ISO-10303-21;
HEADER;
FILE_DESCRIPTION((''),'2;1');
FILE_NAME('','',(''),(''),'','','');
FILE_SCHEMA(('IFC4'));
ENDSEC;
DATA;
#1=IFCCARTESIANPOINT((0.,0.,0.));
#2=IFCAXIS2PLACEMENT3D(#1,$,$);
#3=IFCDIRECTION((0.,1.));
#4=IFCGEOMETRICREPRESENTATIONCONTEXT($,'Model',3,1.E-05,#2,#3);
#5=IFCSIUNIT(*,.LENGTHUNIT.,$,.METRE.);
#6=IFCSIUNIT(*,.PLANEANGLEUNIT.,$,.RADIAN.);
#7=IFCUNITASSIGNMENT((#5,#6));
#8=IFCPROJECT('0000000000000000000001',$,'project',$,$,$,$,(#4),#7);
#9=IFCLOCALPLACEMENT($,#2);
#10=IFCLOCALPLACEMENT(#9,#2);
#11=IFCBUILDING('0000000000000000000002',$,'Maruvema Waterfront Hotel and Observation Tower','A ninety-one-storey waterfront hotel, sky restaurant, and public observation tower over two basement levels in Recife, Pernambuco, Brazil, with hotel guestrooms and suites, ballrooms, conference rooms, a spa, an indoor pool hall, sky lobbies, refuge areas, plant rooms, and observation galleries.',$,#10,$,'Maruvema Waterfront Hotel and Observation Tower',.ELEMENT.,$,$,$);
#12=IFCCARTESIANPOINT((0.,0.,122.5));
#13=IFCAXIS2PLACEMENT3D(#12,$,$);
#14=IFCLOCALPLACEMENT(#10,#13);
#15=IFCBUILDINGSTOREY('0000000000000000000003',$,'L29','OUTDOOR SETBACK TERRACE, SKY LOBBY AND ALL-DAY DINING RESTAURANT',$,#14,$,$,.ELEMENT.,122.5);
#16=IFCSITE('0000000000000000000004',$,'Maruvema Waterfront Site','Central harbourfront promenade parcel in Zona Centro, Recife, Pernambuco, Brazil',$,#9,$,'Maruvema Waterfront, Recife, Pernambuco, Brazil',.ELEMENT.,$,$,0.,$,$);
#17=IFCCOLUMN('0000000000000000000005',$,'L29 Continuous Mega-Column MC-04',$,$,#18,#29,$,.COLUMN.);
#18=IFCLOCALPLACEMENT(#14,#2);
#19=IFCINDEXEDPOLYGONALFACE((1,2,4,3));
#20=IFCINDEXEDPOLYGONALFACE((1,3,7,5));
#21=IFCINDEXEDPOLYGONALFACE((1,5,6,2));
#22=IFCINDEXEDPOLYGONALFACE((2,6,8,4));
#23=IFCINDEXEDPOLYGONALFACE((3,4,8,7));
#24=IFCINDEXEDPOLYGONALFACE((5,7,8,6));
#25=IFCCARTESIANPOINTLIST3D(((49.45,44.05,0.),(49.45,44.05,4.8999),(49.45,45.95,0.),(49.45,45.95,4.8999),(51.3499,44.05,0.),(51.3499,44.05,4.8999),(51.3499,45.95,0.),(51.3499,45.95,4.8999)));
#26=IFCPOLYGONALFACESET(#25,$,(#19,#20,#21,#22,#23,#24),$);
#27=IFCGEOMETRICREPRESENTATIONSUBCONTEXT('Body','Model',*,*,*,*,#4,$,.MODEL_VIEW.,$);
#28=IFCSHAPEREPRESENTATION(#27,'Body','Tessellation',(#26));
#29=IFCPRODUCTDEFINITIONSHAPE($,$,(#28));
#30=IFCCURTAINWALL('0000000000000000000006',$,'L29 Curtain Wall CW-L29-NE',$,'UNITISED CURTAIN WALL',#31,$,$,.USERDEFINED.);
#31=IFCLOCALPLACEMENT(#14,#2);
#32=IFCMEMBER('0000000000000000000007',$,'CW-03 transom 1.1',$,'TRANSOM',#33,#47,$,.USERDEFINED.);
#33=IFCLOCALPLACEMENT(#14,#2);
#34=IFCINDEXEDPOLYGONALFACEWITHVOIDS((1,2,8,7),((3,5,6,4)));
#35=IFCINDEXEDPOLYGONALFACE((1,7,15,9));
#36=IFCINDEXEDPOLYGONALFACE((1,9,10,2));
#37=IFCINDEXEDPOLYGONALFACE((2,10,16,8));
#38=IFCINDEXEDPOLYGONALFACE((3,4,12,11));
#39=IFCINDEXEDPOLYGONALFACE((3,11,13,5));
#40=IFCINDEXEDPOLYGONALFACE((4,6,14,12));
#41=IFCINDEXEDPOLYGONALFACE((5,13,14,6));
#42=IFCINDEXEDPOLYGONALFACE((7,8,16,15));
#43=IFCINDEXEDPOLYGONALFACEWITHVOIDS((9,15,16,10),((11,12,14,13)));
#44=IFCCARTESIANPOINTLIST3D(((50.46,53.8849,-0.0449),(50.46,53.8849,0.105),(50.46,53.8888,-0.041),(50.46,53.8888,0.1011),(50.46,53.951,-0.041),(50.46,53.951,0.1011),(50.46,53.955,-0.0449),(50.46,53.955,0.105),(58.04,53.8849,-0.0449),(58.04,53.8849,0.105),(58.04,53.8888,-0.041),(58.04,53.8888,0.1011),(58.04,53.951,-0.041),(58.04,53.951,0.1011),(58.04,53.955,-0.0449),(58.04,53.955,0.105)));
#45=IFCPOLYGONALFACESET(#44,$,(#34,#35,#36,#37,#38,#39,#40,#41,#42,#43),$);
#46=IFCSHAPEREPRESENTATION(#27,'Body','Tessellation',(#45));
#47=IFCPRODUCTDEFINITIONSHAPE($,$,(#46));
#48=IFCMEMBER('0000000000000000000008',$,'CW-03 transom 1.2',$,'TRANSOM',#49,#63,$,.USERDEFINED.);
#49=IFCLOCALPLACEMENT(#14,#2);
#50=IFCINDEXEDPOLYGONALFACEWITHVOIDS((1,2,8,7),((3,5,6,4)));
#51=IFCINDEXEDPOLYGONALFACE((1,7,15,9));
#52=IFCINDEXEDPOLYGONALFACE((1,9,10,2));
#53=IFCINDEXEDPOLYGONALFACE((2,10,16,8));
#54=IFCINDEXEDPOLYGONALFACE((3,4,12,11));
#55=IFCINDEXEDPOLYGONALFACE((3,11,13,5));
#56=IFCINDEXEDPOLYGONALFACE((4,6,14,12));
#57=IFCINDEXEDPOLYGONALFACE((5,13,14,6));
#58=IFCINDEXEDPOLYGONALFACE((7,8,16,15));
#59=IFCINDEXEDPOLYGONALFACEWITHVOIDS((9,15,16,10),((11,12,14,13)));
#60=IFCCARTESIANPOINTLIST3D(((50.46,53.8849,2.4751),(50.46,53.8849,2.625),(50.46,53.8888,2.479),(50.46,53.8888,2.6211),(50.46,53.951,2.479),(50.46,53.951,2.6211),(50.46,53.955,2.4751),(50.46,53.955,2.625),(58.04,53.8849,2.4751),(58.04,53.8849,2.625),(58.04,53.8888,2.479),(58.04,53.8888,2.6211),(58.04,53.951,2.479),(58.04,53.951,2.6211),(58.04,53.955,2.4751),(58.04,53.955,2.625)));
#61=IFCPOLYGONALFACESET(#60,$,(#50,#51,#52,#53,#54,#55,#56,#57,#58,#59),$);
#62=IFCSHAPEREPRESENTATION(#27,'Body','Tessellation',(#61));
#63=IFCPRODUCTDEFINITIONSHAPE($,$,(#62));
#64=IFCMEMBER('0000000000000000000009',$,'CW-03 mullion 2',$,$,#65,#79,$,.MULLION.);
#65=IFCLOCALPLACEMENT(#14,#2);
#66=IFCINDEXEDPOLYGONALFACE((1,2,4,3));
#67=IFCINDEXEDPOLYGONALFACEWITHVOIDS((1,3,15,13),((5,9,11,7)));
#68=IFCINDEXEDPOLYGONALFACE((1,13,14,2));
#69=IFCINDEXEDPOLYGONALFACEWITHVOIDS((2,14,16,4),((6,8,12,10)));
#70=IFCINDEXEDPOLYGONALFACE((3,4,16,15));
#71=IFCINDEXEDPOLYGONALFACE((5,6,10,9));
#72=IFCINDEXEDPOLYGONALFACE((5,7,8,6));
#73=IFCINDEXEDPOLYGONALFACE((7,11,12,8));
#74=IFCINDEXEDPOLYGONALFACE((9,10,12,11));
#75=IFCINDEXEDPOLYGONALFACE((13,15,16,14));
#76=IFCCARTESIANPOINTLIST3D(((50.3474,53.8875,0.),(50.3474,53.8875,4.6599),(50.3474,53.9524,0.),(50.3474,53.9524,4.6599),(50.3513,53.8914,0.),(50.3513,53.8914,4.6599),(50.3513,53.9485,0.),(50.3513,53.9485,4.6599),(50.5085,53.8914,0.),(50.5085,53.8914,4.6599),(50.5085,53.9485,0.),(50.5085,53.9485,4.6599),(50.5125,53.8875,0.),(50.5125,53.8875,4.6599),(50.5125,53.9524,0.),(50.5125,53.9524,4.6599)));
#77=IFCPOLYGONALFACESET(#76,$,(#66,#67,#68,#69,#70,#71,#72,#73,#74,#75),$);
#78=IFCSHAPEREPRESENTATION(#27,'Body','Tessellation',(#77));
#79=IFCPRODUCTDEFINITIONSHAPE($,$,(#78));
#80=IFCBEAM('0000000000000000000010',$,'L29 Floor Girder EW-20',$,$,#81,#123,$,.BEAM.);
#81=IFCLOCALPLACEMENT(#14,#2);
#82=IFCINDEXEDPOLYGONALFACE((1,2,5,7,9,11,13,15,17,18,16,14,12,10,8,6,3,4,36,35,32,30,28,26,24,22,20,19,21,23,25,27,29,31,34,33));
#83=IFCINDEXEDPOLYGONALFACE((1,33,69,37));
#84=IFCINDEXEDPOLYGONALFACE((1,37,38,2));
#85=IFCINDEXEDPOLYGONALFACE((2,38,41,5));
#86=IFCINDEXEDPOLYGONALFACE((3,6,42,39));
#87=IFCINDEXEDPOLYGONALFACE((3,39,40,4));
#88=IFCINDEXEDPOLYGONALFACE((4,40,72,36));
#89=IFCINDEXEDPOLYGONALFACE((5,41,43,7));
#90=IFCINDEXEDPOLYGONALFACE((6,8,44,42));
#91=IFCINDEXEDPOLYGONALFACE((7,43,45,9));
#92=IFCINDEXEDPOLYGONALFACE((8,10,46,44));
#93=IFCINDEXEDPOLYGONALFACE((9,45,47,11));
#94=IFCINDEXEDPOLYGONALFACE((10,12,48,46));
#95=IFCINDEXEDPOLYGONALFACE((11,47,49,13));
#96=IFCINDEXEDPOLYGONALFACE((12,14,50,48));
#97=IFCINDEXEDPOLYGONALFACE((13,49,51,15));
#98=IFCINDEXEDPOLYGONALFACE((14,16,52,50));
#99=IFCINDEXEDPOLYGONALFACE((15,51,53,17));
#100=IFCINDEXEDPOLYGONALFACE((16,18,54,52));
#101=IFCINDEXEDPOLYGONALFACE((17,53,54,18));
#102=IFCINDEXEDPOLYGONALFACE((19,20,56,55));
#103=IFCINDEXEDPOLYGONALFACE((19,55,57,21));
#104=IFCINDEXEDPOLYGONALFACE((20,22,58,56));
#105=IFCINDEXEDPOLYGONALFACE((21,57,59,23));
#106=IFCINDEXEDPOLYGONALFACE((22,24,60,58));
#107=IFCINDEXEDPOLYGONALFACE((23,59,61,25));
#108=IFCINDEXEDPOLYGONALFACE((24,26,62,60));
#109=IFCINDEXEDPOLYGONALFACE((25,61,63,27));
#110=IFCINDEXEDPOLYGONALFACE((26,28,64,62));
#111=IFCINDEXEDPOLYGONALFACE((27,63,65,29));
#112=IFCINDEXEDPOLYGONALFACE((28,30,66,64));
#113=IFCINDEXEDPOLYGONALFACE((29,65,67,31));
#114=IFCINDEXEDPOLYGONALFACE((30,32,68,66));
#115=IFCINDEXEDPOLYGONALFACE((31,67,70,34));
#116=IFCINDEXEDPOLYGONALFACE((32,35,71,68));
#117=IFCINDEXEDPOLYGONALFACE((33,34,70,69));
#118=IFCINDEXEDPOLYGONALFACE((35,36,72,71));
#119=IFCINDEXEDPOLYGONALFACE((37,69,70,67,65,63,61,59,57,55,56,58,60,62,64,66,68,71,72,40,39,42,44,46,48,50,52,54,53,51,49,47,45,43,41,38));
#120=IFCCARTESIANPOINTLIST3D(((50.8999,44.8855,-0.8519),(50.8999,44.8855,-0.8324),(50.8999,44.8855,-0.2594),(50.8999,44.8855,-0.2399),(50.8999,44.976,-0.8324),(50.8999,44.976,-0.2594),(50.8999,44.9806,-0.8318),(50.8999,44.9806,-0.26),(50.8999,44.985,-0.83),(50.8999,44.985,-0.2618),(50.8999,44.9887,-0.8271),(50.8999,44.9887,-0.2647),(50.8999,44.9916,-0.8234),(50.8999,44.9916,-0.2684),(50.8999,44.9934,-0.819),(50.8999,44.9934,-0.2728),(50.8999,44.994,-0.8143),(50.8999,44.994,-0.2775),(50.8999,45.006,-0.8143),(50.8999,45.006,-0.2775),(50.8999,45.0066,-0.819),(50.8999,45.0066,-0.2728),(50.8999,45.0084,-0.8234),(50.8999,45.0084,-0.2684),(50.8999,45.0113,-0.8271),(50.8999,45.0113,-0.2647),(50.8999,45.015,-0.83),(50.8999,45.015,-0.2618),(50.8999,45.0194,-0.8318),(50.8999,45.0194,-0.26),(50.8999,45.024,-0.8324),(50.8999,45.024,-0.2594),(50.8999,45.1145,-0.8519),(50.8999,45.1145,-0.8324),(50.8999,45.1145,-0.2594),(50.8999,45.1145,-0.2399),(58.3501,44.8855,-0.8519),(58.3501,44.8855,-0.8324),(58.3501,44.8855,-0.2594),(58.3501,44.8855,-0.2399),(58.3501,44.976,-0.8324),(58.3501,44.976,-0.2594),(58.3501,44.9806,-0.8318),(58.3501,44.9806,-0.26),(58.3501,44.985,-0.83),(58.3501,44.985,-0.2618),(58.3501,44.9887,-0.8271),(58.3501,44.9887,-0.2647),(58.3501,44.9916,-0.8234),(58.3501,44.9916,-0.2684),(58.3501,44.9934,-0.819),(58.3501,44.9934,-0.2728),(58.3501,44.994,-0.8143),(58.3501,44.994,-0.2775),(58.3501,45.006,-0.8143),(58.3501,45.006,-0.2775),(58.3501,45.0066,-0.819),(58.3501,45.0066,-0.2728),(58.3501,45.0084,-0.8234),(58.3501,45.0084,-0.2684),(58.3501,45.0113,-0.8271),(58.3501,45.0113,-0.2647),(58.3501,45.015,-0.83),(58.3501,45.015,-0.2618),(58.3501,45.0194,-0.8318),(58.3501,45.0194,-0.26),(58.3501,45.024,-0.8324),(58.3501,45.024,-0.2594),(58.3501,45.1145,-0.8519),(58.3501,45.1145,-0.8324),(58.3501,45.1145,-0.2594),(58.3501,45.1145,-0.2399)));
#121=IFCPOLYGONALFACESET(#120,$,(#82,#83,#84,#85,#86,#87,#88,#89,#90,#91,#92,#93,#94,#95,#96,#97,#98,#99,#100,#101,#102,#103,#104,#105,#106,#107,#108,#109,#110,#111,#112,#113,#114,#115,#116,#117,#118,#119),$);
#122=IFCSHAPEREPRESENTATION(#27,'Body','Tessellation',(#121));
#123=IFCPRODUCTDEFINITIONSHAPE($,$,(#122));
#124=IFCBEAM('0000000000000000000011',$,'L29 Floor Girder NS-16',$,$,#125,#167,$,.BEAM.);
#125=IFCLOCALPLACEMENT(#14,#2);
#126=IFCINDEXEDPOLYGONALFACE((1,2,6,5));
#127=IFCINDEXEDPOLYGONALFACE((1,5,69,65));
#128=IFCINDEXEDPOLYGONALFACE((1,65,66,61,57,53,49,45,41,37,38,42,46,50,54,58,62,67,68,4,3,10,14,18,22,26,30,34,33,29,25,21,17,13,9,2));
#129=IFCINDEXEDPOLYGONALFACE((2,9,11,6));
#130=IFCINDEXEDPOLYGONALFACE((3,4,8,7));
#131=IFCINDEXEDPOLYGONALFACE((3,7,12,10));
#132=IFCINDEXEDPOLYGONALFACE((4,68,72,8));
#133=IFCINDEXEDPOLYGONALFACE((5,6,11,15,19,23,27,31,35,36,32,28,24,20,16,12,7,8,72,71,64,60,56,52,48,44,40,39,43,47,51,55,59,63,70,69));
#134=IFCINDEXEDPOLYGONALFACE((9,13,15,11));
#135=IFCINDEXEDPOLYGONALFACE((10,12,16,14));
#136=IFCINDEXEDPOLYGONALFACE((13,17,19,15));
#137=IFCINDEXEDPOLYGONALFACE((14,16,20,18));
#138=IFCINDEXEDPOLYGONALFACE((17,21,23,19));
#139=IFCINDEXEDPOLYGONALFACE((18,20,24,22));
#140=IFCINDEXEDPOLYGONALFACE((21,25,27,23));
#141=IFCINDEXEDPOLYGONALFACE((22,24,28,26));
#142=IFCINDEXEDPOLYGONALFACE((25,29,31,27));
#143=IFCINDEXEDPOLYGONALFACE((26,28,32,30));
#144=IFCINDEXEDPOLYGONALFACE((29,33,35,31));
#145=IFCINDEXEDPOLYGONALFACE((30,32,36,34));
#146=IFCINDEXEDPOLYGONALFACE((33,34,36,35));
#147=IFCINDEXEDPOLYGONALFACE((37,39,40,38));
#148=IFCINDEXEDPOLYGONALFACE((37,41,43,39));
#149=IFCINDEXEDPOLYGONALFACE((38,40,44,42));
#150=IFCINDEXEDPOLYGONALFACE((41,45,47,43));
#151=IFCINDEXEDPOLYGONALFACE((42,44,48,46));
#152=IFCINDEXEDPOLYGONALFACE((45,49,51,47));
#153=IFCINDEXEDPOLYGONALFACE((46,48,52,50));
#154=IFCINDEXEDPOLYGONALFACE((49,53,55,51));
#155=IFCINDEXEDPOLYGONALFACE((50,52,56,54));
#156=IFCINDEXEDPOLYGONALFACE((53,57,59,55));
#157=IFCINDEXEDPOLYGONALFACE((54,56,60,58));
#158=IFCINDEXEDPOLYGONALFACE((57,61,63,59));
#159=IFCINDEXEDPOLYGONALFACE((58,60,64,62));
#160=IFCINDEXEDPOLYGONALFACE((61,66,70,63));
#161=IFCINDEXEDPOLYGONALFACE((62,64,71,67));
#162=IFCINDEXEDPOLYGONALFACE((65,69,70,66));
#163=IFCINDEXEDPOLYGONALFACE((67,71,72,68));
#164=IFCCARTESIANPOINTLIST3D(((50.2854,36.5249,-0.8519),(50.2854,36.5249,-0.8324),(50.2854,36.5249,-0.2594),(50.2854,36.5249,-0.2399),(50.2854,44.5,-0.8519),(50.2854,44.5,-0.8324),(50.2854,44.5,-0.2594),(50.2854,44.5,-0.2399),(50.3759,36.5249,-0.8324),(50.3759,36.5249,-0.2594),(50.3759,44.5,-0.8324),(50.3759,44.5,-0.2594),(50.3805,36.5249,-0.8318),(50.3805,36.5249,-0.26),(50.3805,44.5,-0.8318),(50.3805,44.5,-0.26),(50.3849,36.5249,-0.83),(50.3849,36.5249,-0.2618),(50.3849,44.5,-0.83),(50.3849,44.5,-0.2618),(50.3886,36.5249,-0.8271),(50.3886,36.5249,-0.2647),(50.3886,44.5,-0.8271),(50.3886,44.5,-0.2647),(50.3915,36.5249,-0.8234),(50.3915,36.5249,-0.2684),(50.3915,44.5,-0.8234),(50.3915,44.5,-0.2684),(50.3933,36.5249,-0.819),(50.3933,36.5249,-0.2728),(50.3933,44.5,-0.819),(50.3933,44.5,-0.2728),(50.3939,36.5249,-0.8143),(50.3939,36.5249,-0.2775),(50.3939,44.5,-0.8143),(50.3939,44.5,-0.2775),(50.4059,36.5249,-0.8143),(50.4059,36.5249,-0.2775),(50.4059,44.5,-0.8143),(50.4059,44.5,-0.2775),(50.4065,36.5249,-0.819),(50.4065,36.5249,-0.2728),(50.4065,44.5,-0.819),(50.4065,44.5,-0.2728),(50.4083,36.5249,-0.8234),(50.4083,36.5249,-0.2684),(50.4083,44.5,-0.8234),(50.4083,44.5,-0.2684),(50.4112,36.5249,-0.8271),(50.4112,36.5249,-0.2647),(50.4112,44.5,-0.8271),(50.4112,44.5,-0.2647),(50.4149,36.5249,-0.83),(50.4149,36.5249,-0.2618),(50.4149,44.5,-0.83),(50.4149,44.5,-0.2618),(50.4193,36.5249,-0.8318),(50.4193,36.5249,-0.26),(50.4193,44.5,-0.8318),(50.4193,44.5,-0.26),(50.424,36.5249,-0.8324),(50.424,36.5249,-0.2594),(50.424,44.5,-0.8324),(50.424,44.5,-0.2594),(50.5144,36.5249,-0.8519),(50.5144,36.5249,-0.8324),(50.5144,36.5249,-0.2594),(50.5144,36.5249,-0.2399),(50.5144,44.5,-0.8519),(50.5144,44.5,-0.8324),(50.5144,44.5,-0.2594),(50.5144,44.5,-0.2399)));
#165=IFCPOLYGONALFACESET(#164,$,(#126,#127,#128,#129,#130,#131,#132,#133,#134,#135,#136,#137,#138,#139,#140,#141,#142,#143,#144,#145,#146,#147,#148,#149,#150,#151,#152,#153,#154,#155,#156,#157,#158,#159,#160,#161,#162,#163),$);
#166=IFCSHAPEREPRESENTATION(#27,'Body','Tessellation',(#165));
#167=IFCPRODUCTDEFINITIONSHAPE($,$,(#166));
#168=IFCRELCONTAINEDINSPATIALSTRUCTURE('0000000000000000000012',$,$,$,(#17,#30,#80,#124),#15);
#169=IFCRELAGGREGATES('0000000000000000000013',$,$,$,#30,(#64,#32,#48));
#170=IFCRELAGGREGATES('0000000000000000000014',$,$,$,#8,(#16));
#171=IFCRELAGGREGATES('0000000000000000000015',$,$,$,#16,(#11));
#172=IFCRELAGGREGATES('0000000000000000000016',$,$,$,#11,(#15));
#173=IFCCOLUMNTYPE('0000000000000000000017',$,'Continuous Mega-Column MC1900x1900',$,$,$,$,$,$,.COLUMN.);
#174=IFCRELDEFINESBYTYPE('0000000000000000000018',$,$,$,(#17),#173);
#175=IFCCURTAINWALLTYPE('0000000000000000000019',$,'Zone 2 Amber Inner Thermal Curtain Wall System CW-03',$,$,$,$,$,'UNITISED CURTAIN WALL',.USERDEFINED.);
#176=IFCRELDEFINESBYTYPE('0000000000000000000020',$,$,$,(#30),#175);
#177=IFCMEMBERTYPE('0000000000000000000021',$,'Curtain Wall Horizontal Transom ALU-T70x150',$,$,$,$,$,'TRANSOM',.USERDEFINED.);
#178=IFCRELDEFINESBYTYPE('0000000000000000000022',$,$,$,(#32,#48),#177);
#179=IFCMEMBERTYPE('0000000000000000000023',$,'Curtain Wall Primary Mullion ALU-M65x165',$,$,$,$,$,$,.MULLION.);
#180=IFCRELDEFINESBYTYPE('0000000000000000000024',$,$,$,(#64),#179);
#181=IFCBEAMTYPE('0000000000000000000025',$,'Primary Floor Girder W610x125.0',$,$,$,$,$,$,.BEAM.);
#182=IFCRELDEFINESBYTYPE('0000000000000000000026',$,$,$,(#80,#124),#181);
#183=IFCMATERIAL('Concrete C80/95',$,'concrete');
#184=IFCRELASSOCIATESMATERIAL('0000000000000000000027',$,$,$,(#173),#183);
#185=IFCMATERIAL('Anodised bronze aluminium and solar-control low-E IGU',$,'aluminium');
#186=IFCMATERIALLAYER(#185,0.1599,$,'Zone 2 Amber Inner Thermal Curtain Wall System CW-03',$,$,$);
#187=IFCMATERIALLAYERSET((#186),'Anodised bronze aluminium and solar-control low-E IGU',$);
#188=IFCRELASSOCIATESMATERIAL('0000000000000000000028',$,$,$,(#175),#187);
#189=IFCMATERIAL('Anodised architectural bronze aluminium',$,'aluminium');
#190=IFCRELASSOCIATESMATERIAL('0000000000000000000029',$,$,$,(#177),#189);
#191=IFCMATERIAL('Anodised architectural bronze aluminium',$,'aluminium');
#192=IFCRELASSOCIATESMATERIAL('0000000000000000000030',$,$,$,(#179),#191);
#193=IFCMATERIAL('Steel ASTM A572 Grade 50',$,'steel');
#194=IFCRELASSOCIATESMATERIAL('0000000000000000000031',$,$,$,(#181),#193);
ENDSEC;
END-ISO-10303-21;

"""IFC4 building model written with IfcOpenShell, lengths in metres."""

from ifc_helpers import new_model, si_unit, direction, frame, origin, origin_2d, place, context, subcontext, project, spatial, rectangle, hollow_rectangle, i_section, extrude, material, layer, layer_set, material_profile, profile_set, type_object, element, aggregate, save


model = new_model("IFC4")

# Units and contexts
model_context = context("Model", 3, precision=1e-05, world=origin(), true_north=direction((0.0, 1.0)))
body_context = subcontext(model_context, "Body", "Model", "MODEL_VIEW")
ifc_project = project(units=[si_unit("LENGTHUNIT", "METRE"), si_unit("PLANEANGLEUNIT", "RADIAN")], contexts=[model_context])

# Site, building, storey
site_placement = place(None, origin())
site = spatial("IfcSite", under=ifc_project, at=site_placement, Name="Maruvema Waterfront Site", Description="Central harbourfront promenade parcel in Zona Centro, Recife, Pernambuco, Brazil", LongName="Maruvema Waterfront, Recife, Pernambuco, Brazil", CompositionType="ELEMENT", RefElevation=0.0)
building_placement = place(site_placement, origin())
building = spatial("IfcBuilding", under=site, at=building_placement, Name="Maruvema Waterfront Hotel and Observation Tower", Description="A ninety-one-storey waterfront hotel, sky restaurant, and public observation tower over two basement levels in Recife, Pernambuco, Brazil, with hotel guestrooms and suites, ballrooms, conference rooms, a spa, an indoor pool hall, sky lobbies, refuge areas, plant rooms, and observation galleries.", LongName="Maruvema Waterfront Hotel and Observation Tower", CompositionType="ELEMENT")
storey_placement = place(building_placement, frame((0.0, 0.0, 122.5)))
storey = spatial("IfcBuildingStorey", under=building, at=storey_placement, Name="L29", Description="OUTDOOR SETBACK TERRACE, SKY LOBBY AND ALL-DAY DINING RESTAURANT", CompositionType="ELEMENT", Elevation=122.5)

# Column
ifc_material_1 = material(Name="Concrete C80/95", Category="concrete")
ifc_material_profile_1 = material_profile(ifc_material_1, rectangle(XDim=1.8999, YDim=1.8999, at=origin_2d()), Name="MC1900x1900")
ifc_profile_set_1 = profile_set([ifc_material_profile_1], Name="Concrete C80/95")
column_type = type_object("IfcColumnType", Name="Continuous Mega-Column MC1900x1900", PredefinedType="COLUMN", material=ifc_profile_set_1)
column_placement = place(storey_placement, frame((50.3999, 45.0, 0.0), z_axis=(0.0, 0.0, 1.0), x_axis=(1.0, 0.0, 0.0)))
element("IfcColumn", 1, at=column_placement, inside=storey, type_object=column_type, Name="L29 Continuous Mega-Column MC-04", PredefinedType="COLUMN", context=body_context, shape_type="SweptSolid", body=[
    extrude(rectangle(XDim=1.8999, YDim=1.8999, at=origin_2d()), origin(), (0.0, 0.0, 1.0), 4.8999),
])

# Curtain wall, members
ifc_material_2 = material(Name="Anodised bronze aluminium and solar-control low-E IGU", Category="aluminium")
ifc_layer_1 = layer(ifc_material_2, 0.1599, Name="Zone 2 Amber Inner Thermal Curtain Wall System CW-03")
ifc_layer_set_1 = layer_set([ifc_layer_1], Name="Anodised bronze aluminium and solar-control low-E IGU")
curtain_wall_type = type_object("IfcCurtainWallType", Name="Zone 2 Amber Inner Thermal Curtain Wall System CW-03", ElementType="UNITISED CURTAIN WALL", PredefinedType="USERDEFINED", material=ifc_layer_set_1)
curtain_wall_placement = place(storey_placement, origin())
curtain_wall = element("IfcCurtainWall", 2, at=curtain_wall_placement, inside=storey, type_object=curtain_wall_type, Name="L29 Curtain Wall CW-L29-NE", ObjectType="UNITISED CURTAIN WALL", PredefinedType="USERDEFINED")
ifc_material_3 = material(Name="Anodised architectural bronze aluminium", Category="aluminium")
ifc_material_profile_2 = material_profile(ifc_material_3, hollow_rectangle(XDim=0.0701, YDim=0.1499, WallThickness=0.0039, at=origin_2d()), Name="ALU-T70x150")
ifc_profile_set_2 = profile_set([ifc_material_profile_2], Name="Anodised architectural bronze aluminium")
member_type_1 = type_object("IfcMemberType", Name="Curtain Wall Horizontal Transom ALU-T70x150", ElementType="TRANSOM", PredefinedType="USERDEFINED", material=ifc_profile_set_2)
member_1_placement = place(storey_placement, frame((58.04, 53.9199, 0.03), z_axis=(-1.0, 0.0, 0.0), x_axis=(0.0, -1.0, 0.0)))
member_1 = element("IfcMember", 3, at=member_1_placement, type_object=member_type_1, Name="CW-03 transom 1.1", ObjectType="TRANSOM", PredefinedType="USERDEFINED", context=body_context, shape_type="SweptSolid", body=[
    extrude(hollow_rectangle(XDim=0.0701, YDim=0.1499, WallThickness=0.0039, at=origin_2d()), origin(), (0.0, 0.0, 1.0), 7.5801),
])
member_2_placement = place(storey_placement, frame((58.04, 53.9199, 2.55), z_axis=(-1.0, 0.0, 0.0), x_axis=(0.0, -1.0, 0.0)))
member_2 = element("IfcMember", 4, at=member_2_placement, type_object=member_type_1, Name="CW-03 transom 1.2", ObjectType="TRANSOM", PredefinedType="USERDEFINED", context=body_context, shape_type="SweptSolid", body=[
    extrude(hollow_rectangle(XDim=0.0701, YDim=0.1499, WallThickness=0.0039, at=origin_2d()), origin(), (0.0, 0.0, 1.0), 7.5801),
])
ifc_material_4 = material(Name="Anodised architectural bronze aluminium", Category="aluminium")
ifc_material_profile_3 = material_profile(ifc_material_4, hollow_rectangle(XDim=0.0649, YDim=0.165, WallThickness=0.0039, at=origin_2d()), Name="ALU-M65x165")
ifc_profile_set_3 = profile_set([ifc_material_profile_3], Name="Anodised architectural bronze aluminium")
member_type_2 = type_object("IfcMemberType", Name="Curtain Wall Primary Mullion ALU-M65x165", PredefinedType="MULLION", material=ifc_profile_set_3)
member_3_placement = place(storey_placement, frame((50.4299, 53.9199, 0.0), z_axis=(0.0, 0.0, 1.0), x_axis=(0.0, -1.0, 0.0)))
member_3 = element("IfcMember", 5, at=member_3_placement, type_object=member_type_2, Name="CW-03 mullion 2", PredefinedType="MULLION", context=body_context, shape_type="SweptSolid", body=[
    extrude(hollow_rectangle(XDim=0.0649, YDim=0.165, WallThickness=0.0039, at=origin_2d()), origin(), (0.0, 0.0, 1.0), 4.6599),
])

# Beams
ifc_material_5 = material(Name="Steel ASTM A572 Grade 50", Category="steel")
ifc_material_profile_4 = material_profile(ifc_material_5, i_section(OverallWidth=0.229, OverallDepth=0.6121, WebThickness=0.012, FlangeThickness=0.0195, FilletRadius=0.0181, at=origin_2d()), Name="W610x125.0")
ifc_profile_set_4 = profile_set([ifc_material_profile_4], Name="Steel ASTM A572 Grade 50")
beam_type_1 = type_object("IfcBeamType", Name="Primary Floor Girder W610x125.0", PredefinedType="BEAM", material=ifc_profile_set_4)
beam_1_placement = place(storey_placement, frame((50.8999, 45.0, -0.5459), z_axis=(1.0, 0.0, 0.0), x_axis=(0.0, 1.0, 0.0)))
element("IfcBeam", 6, at=beam_1_placement, inside=storey, type_object=beam_type_1, Name="L29 Floor Girder EW-20", PredefinedType="BEAM", context=body_context, shape_type="SweptSolid", body=[
    extrude(i_section(OverallWidth=0.229, OverallDepth=0.6121, WebThickness=0.012, FlangeThickness=0.0195, FilletRadius=0.0181, at=origin_2d()), origin(), (0.0, 0.0, 1.0), 7.4502),
])
beam_2_placement = place(storey_placement, frame((50.3999, 36.5249, -0.5459), z_axis=(0.0, 1.0, 0.0), x_axis=(-1.0, 0.0, 0.0)))
element("IfcBeam", 7, at=beam_2_placement, inside=storey, type_object=beam_type_1, Name="L29 Floor Girder NS-16", PredefinedType="BEAM", context=body_context, shape_type="SweptSolid", body=[
    extrude(i_section(OverallWidth=0.229, OverallDepth=0.6121, WebThickness=0.012, FlangeThickness=0.0195, FilletRadius=0.0181, at=origin_2d()), origin(), (0.0, 0.0, 1.0), 7.9751),
])

aggregate(curtain_wall, [member_3, member_1, member_2])

save(model, "model.ifc")
